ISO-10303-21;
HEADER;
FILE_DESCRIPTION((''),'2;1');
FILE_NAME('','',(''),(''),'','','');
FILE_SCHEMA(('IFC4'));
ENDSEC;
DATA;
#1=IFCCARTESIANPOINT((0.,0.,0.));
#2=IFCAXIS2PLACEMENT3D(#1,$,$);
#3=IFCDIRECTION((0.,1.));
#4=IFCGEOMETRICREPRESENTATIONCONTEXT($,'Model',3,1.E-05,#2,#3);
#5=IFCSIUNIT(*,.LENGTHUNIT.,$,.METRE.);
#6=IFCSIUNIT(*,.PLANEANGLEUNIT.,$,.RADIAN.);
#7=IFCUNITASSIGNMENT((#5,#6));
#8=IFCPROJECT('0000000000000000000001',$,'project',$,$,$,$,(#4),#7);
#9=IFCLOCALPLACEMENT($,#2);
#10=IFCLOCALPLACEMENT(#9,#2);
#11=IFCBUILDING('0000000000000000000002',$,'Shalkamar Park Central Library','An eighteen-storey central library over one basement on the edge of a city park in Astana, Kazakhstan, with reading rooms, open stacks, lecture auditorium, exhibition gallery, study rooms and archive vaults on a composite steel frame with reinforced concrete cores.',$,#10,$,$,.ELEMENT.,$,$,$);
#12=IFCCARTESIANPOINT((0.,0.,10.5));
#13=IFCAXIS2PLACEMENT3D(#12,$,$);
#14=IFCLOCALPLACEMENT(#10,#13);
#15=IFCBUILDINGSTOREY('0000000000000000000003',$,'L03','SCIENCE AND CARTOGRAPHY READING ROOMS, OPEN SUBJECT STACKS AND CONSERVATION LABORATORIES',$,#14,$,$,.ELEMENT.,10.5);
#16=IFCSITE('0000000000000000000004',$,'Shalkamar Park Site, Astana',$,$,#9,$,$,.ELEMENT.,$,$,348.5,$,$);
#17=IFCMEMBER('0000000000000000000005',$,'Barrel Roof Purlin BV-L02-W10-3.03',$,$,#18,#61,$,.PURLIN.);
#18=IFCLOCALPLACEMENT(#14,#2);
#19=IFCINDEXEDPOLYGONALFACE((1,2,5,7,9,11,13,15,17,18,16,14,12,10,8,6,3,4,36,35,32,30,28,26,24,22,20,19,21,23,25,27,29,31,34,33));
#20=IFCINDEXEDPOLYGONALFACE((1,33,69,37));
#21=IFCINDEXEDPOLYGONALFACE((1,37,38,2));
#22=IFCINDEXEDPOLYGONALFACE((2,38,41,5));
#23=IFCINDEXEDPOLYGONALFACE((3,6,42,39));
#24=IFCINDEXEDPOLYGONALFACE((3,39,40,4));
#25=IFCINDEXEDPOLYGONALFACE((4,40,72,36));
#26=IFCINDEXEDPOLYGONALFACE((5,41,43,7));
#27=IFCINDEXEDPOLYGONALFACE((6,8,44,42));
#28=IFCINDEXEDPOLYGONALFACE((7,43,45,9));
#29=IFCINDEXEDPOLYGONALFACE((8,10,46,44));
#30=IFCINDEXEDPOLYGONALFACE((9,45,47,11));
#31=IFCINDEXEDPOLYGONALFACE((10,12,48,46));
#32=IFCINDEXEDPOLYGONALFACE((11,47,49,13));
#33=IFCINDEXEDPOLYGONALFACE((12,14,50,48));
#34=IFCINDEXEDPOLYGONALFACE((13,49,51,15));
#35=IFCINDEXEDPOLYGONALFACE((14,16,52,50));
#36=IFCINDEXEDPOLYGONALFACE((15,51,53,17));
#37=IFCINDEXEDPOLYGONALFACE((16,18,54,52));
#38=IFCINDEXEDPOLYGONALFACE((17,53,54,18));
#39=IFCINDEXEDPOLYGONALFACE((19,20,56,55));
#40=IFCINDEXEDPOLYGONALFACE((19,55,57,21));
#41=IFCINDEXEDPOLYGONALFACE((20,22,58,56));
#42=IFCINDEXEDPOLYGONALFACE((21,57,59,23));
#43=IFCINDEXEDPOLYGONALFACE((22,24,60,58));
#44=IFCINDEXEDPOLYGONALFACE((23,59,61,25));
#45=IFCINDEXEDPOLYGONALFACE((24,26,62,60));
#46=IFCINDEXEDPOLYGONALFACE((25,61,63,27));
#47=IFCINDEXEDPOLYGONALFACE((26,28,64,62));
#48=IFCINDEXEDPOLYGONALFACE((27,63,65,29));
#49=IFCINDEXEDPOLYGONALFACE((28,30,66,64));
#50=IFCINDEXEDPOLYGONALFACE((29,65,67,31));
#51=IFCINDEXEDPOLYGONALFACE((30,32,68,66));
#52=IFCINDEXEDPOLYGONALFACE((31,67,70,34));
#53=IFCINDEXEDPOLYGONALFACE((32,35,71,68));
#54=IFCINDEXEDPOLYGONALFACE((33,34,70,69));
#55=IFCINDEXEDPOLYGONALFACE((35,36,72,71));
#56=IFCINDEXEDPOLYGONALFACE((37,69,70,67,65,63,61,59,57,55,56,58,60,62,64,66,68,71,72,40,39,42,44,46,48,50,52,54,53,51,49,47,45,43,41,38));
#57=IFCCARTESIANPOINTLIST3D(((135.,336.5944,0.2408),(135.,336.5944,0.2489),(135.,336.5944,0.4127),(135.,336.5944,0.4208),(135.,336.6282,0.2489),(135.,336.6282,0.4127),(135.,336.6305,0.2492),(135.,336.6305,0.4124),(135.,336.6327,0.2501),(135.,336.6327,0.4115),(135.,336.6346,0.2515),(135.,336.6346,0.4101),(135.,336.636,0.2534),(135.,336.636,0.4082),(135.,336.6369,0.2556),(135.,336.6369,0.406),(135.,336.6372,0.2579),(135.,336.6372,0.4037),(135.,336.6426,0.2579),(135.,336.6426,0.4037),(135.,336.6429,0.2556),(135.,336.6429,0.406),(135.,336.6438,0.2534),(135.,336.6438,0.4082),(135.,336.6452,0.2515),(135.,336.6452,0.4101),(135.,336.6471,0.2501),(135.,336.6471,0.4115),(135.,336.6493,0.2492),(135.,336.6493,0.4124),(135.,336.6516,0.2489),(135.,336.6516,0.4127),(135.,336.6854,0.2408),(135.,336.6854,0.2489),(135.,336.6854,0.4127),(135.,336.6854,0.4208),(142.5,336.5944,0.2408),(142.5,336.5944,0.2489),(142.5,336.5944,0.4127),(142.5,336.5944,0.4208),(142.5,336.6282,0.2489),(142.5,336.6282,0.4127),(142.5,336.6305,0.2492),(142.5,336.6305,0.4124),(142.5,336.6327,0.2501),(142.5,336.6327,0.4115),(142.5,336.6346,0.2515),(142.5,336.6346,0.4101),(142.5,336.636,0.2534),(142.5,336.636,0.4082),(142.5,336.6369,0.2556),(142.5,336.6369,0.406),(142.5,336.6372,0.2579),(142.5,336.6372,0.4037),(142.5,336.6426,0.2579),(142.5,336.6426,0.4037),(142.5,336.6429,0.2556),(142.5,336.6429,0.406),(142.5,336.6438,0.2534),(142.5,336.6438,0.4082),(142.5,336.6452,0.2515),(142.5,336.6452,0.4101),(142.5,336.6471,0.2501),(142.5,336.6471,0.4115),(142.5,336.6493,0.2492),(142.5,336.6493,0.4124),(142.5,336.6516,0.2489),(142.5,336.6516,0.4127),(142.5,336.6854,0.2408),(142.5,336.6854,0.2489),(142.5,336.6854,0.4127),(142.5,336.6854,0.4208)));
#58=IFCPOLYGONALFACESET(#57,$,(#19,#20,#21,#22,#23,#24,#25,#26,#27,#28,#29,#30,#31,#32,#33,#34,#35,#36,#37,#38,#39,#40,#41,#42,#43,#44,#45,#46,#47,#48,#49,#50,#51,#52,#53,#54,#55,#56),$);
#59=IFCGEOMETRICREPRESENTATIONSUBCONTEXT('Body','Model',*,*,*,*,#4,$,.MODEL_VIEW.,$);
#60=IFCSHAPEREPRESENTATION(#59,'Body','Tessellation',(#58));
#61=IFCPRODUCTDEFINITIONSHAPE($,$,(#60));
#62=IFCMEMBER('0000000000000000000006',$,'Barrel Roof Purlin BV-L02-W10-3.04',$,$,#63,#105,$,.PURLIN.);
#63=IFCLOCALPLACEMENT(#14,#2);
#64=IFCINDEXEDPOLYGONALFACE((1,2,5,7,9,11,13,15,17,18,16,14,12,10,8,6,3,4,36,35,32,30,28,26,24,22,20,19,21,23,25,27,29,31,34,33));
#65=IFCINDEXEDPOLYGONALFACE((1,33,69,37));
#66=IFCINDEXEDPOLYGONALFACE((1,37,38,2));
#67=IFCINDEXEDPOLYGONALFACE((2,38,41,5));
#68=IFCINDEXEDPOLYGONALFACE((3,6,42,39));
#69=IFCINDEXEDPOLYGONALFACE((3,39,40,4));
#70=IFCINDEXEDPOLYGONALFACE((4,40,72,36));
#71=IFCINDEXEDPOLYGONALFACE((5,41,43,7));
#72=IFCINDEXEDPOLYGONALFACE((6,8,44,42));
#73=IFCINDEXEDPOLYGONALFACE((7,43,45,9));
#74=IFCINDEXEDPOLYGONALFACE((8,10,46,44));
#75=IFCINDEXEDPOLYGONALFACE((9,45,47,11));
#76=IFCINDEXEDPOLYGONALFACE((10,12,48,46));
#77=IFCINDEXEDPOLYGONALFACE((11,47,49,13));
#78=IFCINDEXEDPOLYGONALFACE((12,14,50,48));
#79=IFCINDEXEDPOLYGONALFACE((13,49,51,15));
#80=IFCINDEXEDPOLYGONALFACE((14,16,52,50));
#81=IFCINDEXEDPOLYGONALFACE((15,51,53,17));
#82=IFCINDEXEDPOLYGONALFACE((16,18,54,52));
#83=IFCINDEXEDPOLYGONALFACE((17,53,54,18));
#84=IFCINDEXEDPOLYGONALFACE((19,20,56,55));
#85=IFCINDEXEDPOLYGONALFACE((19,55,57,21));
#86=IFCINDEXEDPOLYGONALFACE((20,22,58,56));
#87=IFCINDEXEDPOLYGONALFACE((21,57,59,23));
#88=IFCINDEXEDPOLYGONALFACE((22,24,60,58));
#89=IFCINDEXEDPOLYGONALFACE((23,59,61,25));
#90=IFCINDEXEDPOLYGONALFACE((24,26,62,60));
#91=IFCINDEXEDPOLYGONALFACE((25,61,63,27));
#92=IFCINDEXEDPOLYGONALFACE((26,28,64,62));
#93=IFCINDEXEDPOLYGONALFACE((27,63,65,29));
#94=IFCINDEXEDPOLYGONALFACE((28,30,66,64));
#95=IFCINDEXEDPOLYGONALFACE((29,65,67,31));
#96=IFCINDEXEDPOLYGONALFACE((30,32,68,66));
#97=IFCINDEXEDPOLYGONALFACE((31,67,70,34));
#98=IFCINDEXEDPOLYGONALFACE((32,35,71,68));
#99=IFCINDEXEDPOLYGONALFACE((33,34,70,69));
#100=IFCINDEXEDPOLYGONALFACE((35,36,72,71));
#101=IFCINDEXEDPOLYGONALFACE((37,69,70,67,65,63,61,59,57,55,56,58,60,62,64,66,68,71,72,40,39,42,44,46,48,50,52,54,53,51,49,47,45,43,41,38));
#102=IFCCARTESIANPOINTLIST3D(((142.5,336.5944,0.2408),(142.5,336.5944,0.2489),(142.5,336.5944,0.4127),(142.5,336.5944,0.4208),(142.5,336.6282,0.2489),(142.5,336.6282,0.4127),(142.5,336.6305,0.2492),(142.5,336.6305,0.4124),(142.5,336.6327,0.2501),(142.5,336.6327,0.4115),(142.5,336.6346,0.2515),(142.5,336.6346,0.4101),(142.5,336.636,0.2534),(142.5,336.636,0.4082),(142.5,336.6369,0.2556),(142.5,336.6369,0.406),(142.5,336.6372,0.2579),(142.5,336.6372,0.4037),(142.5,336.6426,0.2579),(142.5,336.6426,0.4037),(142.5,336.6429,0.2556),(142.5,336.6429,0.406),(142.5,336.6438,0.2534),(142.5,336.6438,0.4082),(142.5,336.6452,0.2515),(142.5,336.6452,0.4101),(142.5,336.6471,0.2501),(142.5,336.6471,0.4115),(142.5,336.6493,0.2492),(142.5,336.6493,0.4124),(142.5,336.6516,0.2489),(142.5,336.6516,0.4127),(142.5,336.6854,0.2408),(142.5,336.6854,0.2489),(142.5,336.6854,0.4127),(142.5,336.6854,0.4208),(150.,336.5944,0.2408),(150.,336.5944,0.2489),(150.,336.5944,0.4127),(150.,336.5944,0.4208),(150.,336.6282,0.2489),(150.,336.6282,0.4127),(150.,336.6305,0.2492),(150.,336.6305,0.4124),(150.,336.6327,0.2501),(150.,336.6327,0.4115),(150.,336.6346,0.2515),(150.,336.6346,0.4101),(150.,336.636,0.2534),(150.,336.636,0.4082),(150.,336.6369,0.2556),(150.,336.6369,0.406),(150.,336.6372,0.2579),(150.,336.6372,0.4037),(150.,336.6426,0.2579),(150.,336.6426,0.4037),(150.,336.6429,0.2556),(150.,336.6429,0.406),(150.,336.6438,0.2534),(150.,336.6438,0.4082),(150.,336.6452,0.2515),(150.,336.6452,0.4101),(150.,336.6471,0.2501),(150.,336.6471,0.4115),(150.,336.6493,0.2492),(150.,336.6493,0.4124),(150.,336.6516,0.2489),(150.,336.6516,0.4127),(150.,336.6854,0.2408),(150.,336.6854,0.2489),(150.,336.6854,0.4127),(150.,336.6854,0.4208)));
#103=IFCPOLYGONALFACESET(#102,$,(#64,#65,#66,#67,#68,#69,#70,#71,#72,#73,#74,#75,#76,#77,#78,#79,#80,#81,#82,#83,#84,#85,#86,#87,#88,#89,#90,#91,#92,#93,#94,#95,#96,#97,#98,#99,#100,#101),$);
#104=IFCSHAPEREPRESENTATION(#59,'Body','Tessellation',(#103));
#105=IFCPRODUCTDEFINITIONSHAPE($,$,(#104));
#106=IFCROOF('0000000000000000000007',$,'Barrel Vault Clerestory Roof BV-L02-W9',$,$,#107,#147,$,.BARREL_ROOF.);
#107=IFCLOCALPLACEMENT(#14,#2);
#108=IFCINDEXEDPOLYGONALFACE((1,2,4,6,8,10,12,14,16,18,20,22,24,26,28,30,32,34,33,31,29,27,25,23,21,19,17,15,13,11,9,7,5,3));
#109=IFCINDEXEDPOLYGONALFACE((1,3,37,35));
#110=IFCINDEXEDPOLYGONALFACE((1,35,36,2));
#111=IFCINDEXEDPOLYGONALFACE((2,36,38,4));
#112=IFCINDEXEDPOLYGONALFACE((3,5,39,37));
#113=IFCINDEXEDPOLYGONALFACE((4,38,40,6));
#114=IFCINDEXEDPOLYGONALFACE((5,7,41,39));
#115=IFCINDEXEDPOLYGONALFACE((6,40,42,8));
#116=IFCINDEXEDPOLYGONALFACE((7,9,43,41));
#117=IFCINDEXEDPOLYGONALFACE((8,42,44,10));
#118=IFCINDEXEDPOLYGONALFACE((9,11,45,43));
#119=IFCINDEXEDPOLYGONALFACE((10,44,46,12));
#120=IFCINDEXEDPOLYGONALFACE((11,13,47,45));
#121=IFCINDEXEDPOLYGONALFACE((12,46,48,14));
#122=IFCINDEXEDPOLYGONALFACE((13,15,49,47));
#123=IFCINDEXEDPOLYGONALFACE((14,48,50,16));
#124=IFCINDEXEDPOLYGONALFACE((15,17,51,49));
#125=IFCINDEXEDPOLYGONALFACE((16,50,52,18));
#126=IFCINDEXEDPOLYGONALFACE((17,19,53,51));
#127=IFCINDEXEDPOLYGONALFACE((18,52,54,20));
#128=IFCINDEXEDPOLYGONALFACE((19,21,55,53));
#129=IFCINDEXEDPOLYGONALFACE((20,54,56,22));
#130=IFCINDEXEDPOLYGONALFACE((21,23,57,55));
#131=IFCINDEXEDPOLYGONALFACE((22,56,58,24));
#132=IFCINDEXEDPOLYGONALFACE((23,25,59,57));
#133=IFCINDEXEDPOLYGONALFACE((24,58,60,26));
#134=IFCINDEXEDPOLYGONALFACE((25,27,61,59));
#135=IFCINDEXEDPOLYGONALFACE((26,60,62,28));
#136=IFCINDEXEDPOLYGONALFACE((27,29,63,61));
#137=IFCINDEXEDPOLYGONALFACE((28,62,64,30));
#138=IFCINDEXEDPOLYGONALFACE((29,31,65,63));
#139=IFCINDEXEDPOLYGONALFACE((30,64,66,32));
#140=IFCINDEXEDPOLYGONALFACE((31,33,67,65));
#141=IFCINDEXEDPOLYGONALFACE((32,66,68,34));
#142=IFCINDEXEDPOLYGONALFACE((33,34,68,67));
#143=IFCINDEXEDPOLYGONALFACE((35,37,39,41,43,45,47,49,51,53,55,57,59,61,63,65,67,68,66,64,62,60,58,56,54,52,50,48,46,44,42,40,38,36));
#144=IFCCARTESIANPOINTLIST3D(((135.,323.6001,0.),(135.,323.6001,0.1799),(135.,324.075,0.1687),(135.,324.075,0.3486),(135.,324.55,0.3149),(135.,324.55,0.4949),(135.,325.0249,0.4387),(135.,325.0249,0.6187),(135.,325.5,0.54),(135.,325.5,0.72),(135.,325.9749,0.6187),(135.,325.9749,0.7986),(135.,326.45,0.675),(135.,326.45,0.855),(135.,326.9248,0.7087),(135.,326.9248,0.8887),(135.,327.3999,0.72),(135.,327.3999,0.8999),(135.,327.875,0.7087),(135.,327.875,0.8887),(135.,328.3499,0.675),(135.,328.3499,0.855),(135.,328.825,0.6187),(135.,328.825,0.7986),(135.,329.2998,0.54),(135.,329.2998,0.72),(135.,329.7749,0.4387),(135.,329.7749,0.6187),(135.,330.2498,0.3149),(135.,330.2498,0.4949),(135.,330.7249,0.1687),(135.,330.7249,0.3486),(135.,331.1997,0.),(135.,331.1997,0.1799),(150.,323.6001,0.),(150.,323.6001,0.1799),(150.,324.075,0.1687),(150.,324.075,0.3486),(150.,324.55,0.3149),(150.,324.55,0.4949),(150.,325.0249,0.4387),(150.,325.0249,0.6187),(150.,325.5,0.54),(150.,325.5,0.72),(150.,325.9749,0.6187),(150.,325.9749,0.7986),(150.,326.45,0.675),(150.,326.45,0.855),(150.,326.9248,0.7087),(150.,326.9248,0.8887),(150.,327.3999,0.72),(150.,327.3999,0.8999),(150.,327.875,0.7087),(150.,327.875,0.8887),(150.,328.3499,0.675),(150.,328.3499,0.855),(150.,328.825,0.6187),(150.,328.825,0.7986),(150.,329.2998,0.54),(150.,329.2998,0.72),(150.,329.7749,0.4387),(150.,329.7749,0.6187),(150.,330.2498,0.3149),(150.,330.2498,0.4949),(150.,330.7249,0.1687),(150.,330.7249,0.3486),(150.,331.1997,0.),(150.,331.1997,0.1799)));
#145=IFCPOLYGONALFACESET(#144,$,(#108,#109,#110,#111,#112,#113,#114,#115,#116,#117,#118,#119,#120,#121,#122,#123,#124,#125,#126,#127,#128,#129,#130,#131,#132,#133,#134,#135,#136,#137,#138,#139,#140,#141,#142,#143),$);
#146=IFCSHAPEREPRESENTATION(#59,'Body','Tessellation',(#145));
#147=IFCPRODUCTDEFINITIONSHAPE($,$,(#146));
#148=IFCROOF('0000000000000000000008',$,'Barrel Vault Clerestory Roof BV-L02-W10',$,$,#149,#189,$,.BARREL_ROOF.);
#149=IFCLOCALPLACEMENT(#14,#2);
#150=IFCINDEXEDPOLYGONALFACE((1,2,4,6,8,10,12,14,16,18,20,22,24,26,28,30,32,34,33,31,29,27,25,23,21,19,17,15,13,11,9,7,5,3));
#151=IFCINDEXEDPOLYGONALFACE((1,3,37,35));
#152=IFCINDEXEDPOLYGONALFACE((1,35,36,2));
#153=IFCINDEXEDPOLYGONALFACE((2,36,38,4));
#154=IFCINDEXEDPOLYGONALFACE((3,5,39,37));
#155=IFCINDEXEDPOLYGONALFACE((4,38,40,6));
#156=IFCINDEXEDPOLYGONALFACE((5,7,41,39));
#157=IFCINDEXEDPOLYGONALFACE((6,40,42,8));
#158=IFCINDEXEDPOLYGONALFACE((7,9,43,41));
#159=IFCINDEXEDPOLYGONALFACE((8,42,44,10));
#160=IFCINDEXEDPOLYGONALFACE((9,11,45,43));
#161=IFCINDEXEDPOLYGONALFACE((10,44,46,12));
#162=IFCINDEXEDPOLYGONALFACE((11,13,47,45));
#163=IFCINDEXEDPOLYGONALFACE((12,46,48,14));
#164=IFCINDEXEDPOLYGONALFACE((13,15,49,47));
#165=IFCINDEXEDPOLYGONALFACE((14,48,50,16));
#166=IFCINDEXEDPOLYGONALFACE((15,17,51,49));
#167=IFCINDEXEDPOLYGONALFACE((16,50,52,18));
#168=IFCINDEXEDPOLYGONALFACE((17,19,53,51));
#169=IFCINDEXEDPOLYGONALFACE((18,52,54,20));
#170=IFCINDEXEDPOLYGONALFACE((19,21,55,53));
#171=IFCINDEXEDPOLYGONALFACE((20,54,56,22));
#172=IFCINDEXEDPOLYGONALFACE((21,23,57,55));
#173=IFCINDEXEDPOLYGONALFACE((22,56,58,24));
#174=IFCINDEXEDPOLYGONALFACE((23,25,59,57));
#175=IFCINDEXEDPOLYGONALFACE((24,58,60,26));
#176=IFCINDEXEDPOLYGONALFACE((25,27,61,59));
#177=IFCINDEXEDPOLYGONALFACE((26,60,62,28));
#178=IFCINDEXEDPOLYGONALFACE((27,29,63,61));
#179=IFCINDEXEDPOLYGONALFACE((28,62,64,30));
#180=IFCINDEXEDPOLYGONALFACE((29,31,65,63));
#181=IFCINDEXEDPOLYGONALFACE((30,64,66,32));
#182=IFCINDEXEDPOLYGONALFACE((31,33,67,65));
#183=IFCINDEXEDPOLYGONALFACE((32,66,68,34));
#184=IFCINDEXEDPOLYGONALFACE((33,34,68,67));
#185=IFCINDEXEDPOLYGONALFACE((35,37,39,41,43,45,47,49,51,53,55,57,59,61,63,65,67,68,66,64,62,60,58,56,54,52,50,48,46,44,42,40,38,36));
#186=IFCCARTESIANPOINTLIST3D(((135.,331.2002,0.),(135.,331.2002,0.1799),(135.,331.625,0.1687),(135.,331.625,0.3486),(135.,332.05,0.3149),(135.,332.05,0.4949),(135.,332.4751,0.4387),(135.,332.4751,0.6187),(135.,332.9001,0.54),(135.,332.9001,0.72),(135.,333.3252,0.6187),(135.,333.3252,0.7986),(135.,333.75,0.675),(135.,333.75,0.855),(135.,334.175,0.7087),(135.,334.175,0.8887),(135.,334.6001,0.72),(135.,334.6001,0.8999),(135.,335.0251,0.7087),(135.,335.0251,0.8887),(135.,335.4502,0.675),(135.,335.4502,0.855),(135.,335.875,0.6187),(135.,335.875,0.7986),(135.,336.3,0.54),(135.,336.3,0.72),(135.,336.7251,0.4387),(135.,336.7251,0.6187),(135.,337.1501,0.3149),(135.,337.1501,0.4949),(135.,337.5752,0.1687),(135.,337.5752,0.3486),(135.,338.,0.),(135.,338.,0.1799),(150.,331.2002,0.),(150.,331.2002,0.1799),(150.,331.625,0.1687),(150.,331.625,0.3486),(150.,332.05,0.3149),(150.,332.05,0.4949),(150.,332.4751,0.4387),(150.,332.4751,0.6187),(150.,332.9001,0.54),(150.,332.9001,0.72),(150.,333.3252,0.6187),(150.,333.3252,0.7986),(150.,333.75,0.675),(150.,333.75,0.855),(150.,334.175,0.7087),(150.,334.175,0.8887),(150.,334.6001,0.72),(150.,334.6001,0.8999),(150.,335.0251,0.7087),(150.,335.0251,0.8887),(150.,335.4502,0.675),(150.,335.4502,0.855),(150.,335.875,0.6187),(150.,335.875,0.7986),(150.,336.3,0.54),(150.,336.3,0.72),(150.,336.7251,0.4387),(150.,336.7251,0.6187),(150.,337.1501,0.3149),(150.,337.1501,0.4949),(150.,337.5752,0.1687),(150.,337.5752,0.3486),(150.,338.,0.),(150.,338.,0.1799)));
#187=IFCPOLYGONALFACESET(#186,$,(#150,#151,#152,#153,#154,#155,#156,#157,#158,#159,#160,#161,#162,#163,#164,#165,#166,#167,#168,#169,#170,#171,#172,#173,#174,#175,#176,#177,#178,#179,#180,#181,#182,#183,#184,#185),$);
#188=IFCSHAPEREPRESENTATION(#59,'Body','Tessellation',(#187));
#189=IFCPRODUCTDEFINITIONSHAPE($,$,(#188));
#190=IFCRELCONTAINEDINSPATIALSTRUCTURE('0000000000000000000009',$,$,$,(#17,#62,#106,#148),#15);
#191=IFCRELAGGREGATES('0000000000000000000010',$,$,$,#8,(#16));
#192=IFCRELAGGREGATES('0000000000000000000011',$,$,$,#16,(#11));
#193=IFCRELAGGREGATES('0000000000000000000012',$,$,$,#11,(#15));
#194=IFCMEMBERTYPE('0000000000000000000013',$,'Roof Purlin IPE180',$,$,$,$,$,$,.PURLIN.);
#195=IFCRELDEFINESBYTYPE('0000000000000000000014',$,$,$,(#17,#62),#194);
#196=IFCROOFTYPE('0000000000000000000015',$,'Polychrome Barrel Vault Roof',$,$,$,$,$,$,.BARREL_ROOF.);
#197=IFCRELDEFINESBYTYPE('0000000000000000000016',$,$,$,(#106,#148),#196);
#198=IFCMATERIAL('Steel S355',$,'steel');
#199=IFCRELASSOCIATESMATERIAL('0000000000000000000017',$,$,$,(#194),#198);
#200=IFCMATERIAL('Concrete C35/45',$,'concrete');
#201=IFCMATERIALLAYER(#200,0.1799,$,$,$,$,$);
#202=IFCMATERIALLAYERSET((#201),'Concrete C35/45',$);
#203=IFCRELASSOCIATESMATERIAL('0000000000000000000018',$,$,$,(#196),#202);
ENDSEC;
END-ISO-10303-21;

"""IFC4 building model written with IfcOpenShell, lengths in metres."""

from ifc_helpers import new_model, si_unit, direction, frame, origin, origin_2d, place, context, subcontext, project, spatial, polyline, i_section, outline, extrude, material, layer, layer_set, material_profile, profile_set, type_object, element, save


model = new_model("IFC4")

# Units and contexts
model_context = context("Model", 3, precision=1e-05, world=origin(), true_north=direction((0.0, 1.0)))
body_context = subcontext(model_context, "Body", "Model", "MODEL_VIEW")
ifc_project = project(units=[si_unit("LENGTHUNIT", "METRE"), si_unit("PLANEANGLEUNIT", "RADIAN")], contexts=[model_context])

# Site, building, storey
site_placement = place(None, origin())
site = spatial("IfcSite", under=ifc_project, at=site_placement, Name="Shalkamar Park Site, Astana", CompositionType="ELEMENT", RefElevation=348.5)
building_placement = place(site_placement, origin())
building = spatial("IfcBuilding", under=site, at=building_placement, Name="Shalkamar Park Central Library", Description="An eighteen-storey central library over one basement on the edge of a city park in Astana, Kazakhstan, with reading rooms, open stacks, lecture auditorium, exhibition gallery, study rooms and archive vaults on a composite steel frame with reinforced concrete cores.", CompositionType="ELEMENT")
storey_placement = place(building_placement, frame((0.0, 0.0, 10.5)))
storey = spatial("IfcBuildingStorey", under=building, at=storey_placement, Name="L03", Description="SCIENCE AND CARTOGRAPHY READING ROOMS, OPEN SUBJECT STACKS AND CONSERVATION LABORATORIES", CompositionType="ELEMENT", Elevation=10.5)

# Members
ifc_material_1 = material(Name="Steel S355", Category="steel")
ifc_material_profile_1 = material_profile(ifc_material_1, i_section(OverallWidth=0.0911, OverallDepth=0.1799, WebThickness=0.0054, FlangeThickness=0.0081, FilletRadius=0.009, at=origin_2d()), Name="IPE 180")
ifc_profile_set_1 = profile_set([ifc_material_profile_1], Name="Steel S355")
member_type_1 = type_object("IfcMemberType", Name="Roof Purlin IPE180", PredefinedType="PURLIN", material=ifc_profile_set_1)
for number, where, z_axis, x_axis, name in (
    (1, (135.0, 336.6399, 0.3308), (1.0, 0.0, 0.0), (0.0, 1.0, 0.0), "Barrel Roof Purlin BV-L02-W10-3.03"),
    (2, (142.5, 336.6399, 0.3308), (1.0, 0.0, 0.0), (0.0, 1.0, 0.0), "Barrel Roof Purlin BV-L02-W10-3.04"),
):
    element("IfcMember", number, at=place(storey_placement, frame(where, z_axis=z_axis, x_axis=x_axis)), inside=storey, type_object=member_type_1, Name=name, PredefinedType="PURLIN", context=body_context, shape_type="SweptSolid", body=[
        extrude(i_section(OverallWidth=0.0911, OverallDepth=0.1799, WebThickness=0.0054, FlangeThickness=0.0081, FilletRadius=0.009, at=origin_2d()), origin(), (0.0, 0.0, 1.0), 7.5),
    ])

# Roofs
ifc_material_2 = material(Name="Concrete C35/45", Category="concrete")
ifc_layer = layer(ifc_material_2, 0.1799)
ifc_layer_set = layer_set([ifc_layer], Name="Concrete C35/45")
roof_type = type_object("IfcRoofType", Name="Polychrome Barrel Vault Roof", PredefinedType="BARREL_ROOF", material=ifc_layer_set)
roof_1_placement = place(storey_placement, frame((135.0, 327.3999, 0.0), z_axis=(0.0, 0.0, 1.0), x_axis=(1.0, 0.0, 0.0)))
element("IfcRoof", 3, at=roof_1_placement, inside=storey, type_object=roof_type, Name="Barrel Vault Clerestory Roof BV-L02-W9", PredefinedType="BARREL_ROOF", context=body_context, shape_type="SweptSolid", body=[
    extrude(outline(polyline([(-3.7998, 0.1799), (-3.325, 0.3486), (-2.8499, 0.4949), (-2.375, 0.6187), (-1.8999, 0.72), (-1.425, 0.7986), (-0.95, 0.855), (-0.4751, 0.8887), (0.0, 0.8999), (0.4751, 0.8887), (0.95, 0.855), (1.425, 0.7986), (1.8999, 0.72), (2.375, 0.6187), (2.8499, 0.4949), (3.325, 0.3486), (3.7998, 0.1799), (3.7998, 0.0), (3.325, 0.1687), (2.8499, 0.3149), (2.375, 0.4387), (1.8999, 0.54), (1.425, 0.6187), (0.95, 0.675), (0.4751, 0.7087), (0.0, 0.72), (-0.4751, 0.7087), (-0.95, 0.675), (-1.425, 0.6187), (-1.8999, 0.54), (-2.375, 0.4387), (-2.8499, 0.3149), (-3.325, 0.1687), (-3.7998, 0.0), (-3.7998, 0.1799)])), frame((0.0, 0.0, 0.0), z_axis=(1.0, 0.0, 0.0), x_axis=(0.0, 1.0, 0.0)), (0.0, 0.0, 1.0), 15.0),
])
roof_2_placement = place(storey_placement, frame((135.0, 334.6001, 0.0), z_axis=(0.0, 0.0, 1.0), x_axis=(1.0, 0.0, 0.0)))
element("IfcRoof", 4, at=roof_2_placement, inside=storey, type_object=roof_type, Name="Barrel Vault Clerestory Roof BV-L02-W10", PredefinedType="BARREL_ROOF", context=body_context, shape_type="SweptSolid", body=[
    extrude(outline(polyline([(-3.3999, 0.1799), (-2.9751, 0.3486), (-2.55, 0.4949), (-2.125, 0.6187), (-1.7, 0.72), (-1.2749, 0.7986), (-0.8501, 0.855), (-0.425, 0.8887), (0.0, 0.8999), (0.425, 0.8887), (0.8501, 0.855), (1.2749, 0.7986), (1.7, 0.72), (2.125, 0.6187), (2.55, 0.4949), (2.9751, 0.3486), (3.3999, 0.1799), (3.3999, 0.0), (2.9751, 0.1687), (2.55, 0.3149), (2.125, 0.4387), (1.7, 0.54), (1.2749, 0.6187), (0.8501, 0.675), (0.425, 0.7087), (0.0, 0.72), (-0.425, 0.7087), (-0.8501, 0.675), (-1.2749, 0.6187), (-1.7, 0.54), (-2.125, 0.4387), (-2.55, 0.3149), (-2.9751, 0.1687), (-3.3999, 0.0), (-3.3999, 0.1799)])), frame((0.0, 0.0, 0.0), z_axis=(1.0, 0.0, 0.0), x_axis=(0.0, 1.0, 0.0)), (0.0, 0.0, 1.0), 15.0),
])

save(model, "model.ifc")
